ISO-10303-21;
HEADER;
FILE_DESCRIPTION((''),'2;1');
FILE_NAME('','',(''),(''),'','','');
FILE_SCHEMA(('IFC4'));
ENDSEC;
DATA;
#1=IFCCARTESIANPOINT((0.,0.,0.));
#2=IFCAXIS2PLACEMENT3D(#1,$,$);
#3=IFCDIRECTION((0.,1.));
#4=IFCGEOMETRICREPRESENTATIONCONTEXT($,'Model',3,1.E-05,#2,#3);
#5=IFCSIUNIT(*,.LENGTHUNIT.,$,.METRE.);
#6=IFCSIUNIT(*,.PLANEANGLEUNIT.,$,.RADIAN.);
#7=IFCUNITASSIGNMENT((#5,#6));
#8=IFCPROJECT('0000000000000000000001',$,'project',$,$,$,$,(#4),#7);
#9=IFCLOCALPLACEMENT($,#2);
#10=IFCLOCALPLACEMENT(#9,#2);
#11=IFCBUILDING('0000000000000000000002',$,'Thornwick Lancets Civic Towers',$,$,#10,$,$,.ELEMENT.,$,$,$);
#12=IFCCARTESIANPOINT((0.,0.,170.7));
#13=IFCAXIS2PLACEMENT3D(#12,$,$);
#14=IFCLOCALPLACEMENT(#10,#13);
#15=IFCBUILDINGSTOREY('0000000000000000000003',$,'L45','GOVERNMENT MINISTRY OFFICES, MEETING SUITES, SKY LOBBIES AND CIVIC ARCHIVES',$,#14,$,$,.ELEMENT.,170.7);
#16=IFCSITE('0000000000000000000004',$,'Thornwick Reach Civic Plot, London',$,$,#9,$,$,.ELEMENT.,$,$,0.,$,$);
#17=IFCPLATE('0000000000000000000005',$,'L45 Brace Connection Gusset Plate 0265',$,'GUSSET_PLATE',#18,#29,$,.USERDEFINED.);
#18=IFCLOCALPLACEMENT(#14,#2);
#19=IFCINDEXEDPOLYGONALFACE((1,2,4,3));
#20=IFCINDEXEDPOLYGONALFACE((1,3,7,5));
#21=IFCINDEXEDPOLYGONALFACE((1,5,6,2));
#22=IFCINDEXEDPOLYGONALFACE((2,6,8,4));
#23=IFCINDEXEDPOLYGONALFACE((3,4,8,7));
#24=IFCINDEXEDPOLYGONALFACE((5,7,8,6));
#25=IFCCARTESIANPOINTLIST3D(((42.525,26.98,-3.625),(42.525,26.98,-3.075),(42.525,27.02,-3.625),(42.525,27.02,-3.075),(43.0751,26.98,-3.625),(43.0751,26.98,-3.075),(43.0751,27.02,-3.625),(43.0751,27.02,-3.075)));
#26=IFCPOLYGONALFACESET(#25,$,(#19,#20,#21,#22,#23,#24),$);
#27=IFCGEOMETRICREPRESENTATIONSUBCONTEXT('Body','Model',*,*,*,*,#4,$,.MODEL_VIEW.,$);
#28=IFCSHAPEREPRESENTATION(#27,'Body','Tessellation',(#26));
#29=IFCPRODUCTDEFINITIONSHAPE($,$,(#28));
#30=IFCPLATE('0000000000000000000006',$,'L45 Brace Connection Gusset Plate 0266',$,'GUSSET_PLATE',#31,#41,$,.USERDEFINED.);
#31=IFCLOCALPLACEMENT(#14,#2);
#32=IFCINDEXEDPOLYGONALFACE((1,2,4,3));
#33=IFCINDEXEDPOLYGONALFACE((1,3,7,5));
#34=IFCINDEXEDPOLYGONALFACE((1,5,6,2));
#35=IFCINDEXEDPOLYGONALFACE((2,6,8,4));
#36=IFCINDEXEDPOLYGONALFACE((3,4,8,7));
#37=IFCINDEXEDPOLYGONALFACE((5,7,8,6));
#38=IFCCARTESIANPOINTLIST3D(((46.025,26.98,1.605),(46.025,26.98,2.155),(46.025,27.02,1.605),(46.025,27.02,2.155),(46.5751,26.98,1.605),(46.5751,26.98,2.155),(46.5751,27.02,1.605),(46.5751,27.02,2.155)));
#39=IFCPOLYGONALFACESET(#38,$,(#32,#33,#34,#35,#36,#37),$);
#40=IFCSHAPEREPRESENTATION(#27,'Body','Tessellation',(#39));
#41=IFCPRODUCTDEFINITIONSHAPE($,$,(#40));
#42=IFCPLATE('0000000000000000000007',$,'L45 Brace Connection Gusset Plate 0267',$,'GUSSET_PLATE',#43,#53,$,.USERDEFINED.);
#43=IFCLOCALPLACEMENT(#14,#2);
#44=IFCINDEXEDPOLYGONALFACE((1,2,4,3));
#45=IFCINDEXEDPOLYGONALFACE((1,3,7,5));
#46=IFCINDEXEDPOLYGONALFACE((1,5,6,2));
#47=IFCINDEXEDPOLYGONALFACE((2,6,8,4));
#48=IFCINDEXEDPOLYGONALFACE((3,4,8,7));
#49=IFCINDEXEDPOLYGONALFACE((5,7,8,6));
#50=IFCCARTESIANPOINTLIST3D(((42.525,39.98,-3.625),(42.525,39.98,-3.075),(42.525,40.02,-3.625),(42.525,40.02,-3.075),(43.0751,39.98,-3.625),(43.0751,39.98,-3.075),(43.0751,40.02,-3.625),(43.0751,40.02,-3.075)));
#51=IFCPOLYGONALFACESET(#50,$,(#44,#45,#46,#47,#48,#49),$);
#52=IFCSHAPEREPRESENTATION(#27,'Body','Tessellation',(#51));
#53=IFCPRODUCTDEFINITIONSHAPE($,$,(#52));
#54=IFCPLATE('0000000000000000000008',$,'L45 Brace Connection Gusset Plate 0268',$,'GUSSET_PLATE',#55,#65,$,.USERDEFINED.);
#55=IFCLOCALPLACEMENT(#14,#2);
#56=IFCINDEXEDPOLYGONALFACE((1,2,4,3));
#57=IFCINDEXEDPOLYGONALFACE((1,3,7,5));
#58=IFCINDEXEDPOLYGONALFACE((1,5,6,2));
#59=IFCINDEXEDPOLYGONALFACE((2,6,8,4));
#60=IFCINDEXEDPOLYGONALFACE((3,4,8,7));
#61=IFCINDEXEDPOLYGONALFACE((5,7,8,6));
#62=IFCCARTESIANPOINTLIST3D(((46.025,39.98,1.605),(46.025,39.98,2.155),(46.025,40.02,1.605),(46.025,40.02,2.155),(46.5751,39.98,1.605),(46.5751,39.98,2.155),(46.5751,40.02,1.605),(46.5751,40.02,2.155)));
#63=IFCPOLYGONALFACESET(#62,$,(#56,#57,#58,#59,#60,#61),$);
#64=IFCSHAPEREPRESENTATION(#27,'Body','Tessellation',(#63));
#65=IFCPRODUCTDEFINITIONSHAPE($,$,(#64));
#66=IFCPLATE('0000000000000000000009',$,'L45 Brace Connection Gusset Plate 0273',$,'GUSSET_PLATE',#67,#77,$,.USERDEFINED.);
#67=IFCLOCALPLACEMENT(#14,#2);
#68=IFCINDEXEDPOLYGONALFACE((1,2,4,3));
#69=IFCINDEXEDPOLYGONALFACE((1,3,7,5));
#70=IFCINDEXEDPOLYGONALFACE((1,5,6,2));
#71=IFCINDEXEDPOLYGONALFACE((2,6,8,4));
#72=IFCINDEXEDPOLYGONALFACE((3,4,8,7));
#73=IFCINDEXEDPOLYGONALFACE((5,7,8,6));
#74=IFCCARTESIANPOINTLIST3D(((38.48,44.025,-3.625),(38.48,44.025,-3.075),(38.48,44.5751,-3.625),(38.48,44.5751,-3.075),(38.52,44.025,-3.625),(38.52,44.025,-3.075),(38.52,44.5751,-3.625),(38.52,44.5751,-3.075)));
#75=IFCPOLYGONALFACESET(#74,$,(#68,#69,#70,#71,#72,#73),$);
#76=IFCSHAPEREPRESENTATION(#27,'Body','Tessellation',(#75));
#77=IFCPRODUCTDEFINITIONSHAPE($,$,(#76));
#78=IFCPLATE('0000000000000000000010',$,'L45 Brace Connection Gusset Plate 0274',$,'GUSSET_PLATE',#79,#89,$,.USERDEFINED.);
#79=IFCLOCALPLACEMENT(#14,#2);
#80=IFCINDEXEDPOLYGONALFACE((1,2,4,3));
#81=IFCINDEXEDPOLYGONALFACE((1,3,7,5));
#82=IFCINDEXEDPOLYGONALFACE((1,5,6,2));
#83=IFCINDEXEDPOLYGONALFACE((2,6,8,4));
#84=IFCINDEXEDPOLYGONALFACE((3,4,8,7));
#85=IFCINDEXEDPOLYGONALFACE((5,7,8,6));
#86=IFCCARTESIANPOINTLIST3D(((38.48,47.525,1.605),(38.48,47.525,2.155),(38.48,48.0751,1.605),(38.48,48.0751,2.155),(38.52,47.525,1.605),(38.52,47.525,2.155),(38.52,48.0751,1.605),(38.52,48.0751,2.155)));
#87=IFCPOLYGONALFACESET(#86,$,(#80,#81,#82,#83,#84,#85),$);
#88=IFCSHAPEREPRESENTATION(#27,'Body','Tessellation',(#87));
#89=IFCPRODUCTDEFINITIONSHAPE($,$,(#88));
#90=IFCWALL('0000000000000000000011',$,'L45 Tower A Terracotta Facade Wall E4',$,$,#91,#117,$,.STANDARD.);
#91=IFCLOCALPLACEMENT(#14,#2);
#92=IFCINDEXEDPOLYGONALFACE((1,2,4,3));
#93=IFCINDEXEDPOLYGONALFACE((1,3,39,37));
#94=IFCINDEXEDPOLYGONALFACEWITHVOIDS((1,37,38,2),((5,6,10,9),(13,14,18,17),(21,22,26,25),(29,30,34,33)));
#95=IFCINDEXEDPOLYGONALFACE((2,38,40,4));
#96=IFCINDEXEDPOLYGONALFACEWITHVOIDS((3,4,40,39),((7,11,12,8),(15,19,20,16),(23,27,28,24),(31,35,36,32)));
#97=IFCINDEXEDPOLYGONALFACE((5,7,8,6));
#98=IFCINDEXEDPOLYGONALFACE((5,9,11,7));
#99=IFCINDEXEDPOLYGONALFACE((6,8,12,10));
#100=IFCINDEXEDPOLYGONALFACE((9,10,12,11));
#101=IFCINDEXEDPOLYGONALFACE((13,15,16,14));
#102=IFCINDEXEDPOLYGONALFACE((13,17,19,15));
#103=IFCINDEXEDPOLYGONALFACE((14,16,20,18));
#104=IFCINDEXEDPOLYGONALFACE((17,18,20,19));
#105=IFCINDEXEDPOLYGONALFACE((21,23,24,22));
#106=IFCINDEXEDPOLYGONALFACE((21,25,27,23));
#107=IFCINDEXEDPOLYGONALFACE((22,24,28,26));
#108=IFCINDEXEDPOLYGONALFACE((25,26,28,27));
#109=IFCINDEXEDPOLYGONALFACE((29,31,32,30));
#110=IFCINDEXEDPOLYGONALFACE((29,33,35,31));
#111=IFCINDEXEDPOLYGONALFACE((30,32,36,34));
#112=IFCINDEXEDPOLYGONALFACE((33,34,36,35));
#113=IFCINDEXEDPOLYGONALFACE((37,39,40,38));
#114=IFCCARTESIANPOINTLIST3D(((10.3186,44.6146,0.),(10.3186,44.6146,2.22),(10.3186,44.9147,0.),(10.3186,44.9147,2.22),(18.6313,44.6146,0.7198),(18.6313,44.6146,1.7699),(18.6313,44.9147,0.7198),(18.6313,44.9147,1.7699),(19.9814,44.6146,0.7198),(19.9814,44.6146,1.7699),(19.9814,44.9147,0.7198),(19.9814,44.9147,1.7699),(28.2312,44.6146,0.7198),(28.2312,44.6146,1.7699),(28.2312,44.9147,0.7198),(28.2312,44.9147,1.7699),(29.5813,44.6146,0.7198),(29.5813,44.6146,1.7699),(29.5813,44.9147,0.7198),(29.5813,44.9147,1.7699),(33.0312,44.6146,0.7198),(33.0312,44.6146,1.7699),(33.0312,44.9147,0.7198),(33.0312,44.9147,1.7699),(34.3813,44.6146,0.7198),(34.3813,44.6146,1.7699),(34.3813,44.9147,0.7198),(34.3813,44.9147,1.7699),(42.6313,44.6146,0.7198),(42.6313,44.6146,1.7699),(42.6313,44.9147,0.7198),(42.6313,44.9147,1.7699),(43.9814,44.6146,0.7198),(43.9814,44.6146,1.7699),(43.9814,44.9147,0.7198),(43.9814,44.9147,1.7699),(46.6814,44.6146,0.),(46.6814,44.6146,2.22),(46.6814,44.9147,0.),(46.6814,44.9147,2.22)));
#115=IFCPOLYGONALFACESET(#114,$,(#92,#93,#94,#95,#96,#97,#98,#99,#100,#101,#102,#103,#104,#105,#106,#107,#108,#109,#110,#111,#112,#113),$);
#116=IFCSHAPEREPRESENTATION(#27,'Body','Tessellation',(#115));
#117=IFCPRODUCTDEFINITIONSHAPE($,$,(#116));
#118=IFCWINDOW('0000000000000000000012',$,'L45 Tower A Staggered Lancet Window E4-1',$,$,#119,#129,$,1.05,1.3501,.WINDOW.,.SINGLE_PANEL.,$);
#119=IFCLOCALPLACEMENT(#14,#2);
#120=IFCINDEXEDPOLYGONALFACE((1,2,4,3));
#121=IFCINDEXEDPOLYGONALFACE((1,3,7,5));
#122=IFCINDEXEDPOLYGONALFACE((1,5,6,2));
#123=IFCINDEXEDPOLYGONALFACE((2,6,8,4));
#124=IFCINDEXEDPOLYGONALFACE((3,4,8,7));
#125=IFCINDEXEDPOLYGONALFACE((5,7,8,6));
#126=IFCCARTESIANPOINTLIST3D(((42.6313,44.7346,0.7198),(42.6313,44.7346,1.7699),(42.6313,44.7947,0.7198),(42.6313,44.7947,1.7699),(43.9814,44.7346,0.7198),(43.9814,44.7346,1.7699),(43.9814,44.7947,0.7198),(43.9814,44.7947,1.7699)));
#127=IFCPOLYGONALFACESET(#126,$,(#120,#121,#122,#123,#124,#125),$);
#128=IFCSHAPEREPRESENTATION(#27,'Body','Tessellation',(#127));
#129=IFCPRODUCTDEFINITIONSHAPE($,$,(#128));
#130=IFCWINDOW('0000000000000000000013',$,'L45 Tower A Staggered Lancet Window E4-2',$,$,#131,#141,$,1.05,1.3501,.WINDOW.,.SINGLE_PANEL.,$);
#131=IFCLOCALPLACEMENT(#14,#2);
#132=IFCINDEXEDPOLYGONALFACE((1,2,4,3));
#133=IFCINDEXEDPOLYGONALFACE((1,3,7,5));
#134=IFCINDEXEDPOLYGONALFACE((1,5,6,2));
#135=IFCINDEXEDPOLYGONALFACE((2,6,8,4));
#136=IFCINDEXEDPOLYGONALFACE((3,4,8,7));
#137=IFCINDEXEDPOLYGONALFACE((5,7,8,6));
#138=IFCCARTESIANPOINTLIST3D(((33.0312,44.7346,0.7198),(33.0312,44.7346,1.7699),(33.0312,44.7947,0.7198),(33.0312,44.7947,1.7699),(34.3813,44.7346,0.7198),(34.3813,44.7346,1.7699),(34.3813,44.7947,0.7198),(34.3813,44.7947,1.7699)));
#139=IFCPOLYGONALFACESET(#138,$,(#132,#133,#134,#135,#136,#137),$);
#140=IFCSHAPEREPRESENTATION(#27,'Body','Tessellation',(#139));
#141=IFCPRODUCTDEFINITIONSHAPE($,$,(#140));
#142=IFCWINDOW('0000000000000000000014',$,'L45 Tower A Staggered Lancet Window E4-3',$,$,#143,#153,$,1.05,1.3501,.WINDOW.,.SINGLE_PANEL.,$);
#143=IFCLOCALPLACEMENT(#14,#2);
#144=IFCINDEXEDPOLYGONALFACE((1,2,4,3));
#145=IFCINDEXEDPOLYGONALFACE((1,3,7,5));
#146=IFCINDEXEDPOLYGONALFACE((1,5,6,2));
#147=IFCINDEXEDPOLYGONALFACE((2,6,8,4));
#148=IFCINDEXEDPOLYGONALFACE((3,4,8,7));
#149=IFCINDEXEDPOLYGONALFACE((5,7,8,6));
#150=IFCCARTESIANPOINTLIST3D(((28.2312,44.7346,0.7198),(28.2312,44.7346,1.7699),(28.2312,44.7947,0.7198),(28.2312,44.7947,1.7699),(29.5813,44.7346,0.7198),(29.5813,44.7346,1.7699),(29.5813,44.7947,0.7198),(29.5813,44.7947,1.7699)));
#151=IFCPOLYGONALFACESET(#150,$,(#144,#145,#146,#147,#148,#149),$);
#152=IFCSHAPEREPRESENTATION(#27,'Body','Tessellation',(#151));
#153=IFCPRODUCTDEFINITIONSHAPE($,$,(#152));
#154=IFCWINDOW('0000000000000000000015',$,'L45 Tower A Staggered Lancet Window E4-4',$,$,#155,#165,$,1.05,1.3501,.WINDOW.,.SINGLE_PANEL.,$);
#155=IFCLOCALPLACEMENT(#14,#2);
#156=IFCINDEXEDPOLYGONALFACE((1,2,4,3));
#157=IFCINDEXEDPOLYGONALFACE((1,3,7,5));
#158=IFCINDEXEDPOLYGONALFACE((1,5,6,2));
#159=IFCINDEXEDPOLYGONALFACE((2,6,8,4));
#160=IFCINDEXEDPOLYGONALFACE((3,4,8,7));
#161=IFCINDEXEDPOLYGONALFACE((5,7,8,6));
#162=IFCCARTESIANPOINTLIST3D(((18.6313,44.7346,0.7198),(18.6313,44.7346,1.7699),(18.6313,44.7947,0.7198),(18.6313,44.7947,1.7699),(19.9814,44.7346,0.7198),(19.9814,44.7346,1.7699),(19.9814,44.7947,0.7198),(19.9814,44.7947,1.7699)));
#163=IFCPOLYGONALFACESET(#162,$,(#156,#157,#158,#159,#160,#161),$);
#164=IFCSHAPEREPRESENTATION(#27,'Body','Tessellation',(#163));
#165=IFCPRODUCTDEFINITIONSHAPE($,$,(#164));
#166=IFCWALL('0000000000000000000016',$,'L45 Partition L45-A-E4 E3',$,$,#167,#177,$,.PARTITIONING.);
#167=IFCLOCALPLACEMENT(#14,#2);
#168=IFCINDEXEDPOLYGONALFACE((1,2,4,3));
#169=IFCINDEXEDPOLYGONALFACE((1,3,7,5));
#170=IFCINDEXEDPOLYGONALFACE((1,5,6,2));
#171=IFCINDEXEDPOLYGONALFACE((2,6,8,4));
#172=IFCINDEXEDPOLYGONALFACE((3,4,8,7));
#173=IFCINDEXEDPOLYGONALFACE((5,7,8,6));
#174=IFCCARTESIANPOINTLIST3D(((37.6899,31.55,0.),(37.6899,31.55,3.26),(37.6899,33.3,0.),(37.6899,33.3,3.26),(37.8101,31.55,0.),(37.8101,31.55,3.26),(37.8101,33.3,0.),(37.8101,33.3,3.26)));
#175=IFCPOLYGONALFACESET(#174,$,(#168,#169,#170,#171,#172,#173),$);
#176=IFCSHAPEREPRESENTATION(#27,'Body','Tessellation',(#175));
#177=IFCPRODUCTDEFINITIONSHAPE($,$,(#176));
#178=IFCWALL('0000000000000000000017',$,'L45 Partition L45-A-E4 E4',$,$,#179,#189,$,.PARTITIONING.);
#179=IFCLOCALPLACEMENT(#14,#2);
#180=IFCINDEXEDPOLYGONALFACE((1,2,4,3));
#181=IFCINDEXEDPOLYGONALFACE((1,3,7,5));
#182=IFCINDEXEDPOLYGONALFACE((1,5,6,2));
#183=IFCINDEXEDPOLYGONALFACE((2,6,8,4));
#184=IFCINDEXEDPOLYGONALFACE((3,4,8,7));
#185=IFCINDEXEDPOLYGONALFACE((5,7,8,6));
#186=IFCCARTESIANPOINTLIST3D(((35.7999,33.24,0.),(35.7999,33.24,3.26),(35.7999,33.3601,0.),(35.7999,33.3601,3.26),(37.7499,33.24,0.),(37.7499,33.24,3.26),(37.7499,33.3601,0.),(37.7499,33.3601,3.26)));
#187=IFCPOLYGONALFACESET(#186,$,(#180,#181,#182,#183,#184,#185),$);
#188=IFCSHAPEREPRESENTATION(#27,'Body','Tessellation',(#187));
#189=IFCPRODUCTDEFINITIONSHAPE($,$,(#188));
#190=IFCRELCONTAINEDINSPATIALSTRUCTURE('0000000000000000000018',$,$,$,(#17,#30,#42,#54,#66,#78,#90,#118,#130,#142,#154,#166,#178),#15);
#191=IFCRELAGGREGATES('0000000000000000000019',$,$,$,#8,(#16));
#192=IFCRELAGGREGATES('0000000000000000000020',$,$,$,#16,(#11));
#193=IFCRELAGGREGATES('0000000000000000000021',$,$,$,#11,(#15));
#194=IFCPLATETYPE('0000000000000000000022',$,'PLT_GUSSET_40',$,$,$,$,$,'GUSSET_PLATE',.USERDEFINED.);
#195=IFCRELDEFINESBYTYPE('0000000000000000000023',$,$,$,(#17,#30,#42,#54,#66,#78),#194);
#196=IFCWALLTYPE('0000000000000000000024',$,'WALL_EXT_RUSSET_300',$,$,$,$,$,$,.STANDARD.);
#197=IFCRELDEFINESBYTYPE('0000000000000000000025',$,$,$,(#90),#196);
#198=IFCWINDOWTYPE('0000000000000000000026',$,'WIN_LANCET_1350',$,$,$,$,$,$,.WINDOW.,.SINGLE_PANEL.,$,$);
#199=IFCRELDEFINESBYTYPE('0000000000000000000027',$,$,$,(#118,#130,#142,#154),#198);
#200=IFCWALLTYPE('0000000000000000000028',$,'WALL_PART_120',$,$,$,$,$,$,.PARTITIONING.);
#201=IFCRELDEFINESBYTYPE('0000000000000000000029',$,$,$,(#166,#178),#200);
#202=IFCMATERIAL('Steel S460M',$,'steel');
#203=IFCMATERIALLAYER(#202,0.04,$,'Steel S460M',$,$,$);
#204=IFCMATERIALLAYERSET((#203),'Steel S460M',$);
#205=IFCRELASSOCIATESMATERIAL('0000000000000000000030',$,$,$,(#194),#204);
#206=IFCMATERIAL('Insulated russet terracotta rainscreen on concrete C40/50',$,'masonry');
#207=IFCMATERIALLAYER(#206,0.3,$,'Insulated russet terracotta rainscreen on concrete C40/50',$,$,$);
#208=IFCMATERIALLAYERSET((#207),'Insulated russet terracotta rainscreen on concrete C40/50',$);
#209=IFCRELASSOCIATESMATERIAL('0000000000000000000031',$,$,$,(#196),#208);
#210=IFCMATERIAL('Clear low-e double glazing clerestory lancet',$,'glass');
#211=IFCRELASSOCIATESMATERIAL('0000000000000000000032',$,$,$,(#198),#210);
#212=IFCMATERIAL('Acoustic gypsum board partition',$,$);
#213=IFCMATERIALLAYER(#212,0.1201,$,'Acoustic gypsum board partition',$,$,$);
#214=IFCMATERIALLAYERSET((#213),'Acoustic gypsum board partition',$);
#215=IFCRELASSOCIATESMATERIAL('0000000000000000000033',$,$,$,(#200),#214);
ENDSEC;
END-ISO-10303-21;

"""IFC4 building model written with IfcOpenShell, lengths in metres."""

from ifc_helpers import new_model, si_unit, direction, frame, frame_2d, origin, origin_2d, place, context, subcontext, project, spatial, rectangle, extrude, material, layer, layer_set, type_object, element, fill, save


model = new_model("IFC4")

# Units and contexts
model_context = context("Model", 3, precision=1e-05, world=origin(), true_north=direction((0.0, 1.0)))
body_context = subcontext(model_context, "Body", "Model", "MODEL_VIEW")
ifc_project = project(units=[si_unit("LENGTHUNIT", "METRE"), si_unit("PLANEANGLEUNIT", "RADIAN")], contexts=[model_context])

# Site, building, storey
site_placement = place(None, origin())
site = spatial("IfcSite", under=ifc_project, at=site_placement, Name="Thornwick Reach Civic Plot, London", CompositionType="ELEMENT", RefElevation=0.0)
building_placement = place(site_placement, origin())
building = spatial("IfcBuilding", under=site, at=building_placement, Name="Thornwick Lancets Civic Towers", CompositionType="ELEMENT")
storey_placement = place(building_placement, frame((0.0, 0.0, 170.7)))
storey = spatial("IfcBuildingStorey", under=building, at=storey_placement, Name="L45", Description="GOVERNMENT MINISTRY OFFICES, MEETING SUITES, SKY LOBBIES AND CIVIC ARCHIVES", CompositionType="ELEMENT", Elevation=170.7)

# Shared definitions
ifc_material_1 = material(Name="Steel S460M", Category="steel")

# Plates
ifc_layer_1 = layer(ifc_material_1, 0.04, Name="Steel S460M")
ifc_layer_set_1 = layer_set([ifc_layer_1], Name="Steel S460M")
plate_type_1 = type_object("IfcPlateType", Name="PLT_GUSSET_40", ElementType="GUSSET_PLATE", PredefinedType="USERDEFINED", material=ifc_layer_set_1)
for number, where, z_axis, x_axis, name in (
    (1, (42.8, 27.0, -3.625), (0.0, 0.0, 1.0), (1.0, 0.0, 0.0), "L45 Brace Connection Gusset Plate 0265"),
    (2, (46.3, 27.0, 1.605), (0.0, 0.0, 1.0), (1.0, 0.0, 0.0), "L45 Brace Connection Gusset Plate 0266"),
    (3, (42.8, 40.0, -3.625), (0.0, 0.0, 1.0), (1.0, 0.0, 0.0), "L45 Brace Connection Gusset Plate 0267"),
    (4, (46.3, 40.0, 1.605), (0.0, 0.0, 1.0), (1.0, 0.0, 0.0), "L45 Brace Connection Gusset Plate 0268"),
    (5, (38.5, 44.3, -3.625), (0.0, 0.0, 1.0), (0.0, 1.0, 0.0), "L45 Brace Connection Gusset Plate 0273"),
    (6, (38.5, 47.8, 1.605), (0.0, 0.0, 1.0), (0.0, 1.0, 0.0), "L45 Brace Connection Gusset Plate 0274"),
):
    element("IfcPlate", number, at=place(storey_placement, frame(where, z_axis=z_axis, x_axis=x_axis)), inside=storey, type_object=plate_type_1, Name=name, ObjectType="GUSSET_PLATE", PredefinedType="USERDEFINED", context=body_context, shape_type="SweptSolid", body=[
        extrude(rectangle(XDim=0.55, YDim=0.04, at=origin_2d()), origin(), (0.0, 0.0, 1.0), 0.55),
    ])

# Wall, openings, windows
ifc_material_2 = material(Name="Insulated russet terracotta rainscreen on concrete C40/50", Category="masonry")
ifc_layer_2 = layer(ifc_material_2, 0.3, Name="Insulated russet terracotta rainscreen on concrete C40/50")
ifc_layer_set_2 = layer_set([ifc_layer_2], Name="Insulated russet terracotta rainscreen on concrete C40/50")
wall_type_1 = type_object("IfcWallType", Name="WALL_EXT_RUSSET_300", PredefinedType="STANDARD", material=ifc_layer_set_2)
wall_1_placement = place(storey_placement, frame((46.6814, 44.7646, 0.0), z_axis=(0.0, 0.0, 1.0), x_axis=(-1.0, 0.0, 0.0)))
wall_1 = element("IfcWall", 7, at=wall_1_placement, inside=storey, type_object=wall_type_1, Name="L45 Tower A Terracotta Facade Wall E4", PredefinedType="STANDARD", context=body_context, shape_type="SweptSolid", body=[
    extrude(rectangle(XDim=36.3628, YDim=0.3, at=frame_2d((18.1814, 0.0))), origin(), (0.0, 0.0, 1.0), 2.22),
])
opening_1_placement = place(wall_1_placement, frame((2.7, 0.0, 0.72)))
opening_1 = element("IfcOpeningElement", 8, at=opening_1_placement, cuts=wall_1, PredefinedType="OPENING", context=body_context, shape_type="SweptSolid", body=[
    extrude(rectangle(XDim=1.3501, YDim=1.05, at=frame_2d((0.675, 0.5249))), frame((0.0, 0.1602, 0.0), z_axis=(0.0, -1.0, 0.0), x_axis=(1.0, 0.0, 0.0)), (0.0, 0.0, 1.0), 0.3201),
])
opening_2_placement = place(wall_1_placement, frame((12.3, 0.0, 0.72)))
opening_2 = element("IfcOpeningElement", 9, at=opening_2_placement, cuts=wall_1, PredefinedType="OPENING", context=body_context, shape_type="SweptSolid", body=[
    extrude(rectangle(XDim=1.3501, YDim=1.05, at=frame_2d((0.675, 0.5249))), frame((0.0, 0.1602, 0.0), z_axis=(0.0, -1.0, 0.0), x_axis=(1.0, 0.0, 0.0)), (0.0, 0.0, 1.0), 0.3201),
])
opening_3_placement = place(wall_1_placement, frame((17.1001, 0.0, 0.72)))
opening_3 = element("IfcOpeningElement", 10, at=opening_3_placement, cuts=wall_1, PredefinedType="OPENING", context=body_context, shape_type="SweptSolid", body=[
    extrude(rectangle(XDim=1.3501, YDim=1.05, at=frame_2d((0.675, 0.5249))), frame((0.0, 0.1602, 0.0), z_axis=(0.0, -1.0, 0.0), x_axis=(1.0, 0.0, 0.0)), (0.0, 0.0, 1.0), 0.3201),
])
opening_4_placement = place(wall_1_placement, frame((26.7, 0.0, 0.72)))
opening_4 = element("IfcOpeningElement", 11, at=opening_4_placement, cuts=wall_1, PredefinedType="OPENING", context=body_context, shape_type="SweptSolid", body=[
    extrude(rectangle(XDim=1.3501, YDim=1.05, at=frame_2d((0.675, 0.5249))), frame((0.0, 0.1602, 0.0), z_axis=(0.0, -1.0, 0.0), x_axis=(1.0, 0.0, 0.0)), (0.0, 0.0, 1.0), 0.3201),
])
ifc_material_3 = material(Name="Clear low-e double glazing clerestory lancet", Category="glass")
window_type = type_object("IfcWindowType", Name="WIN_LANCET_1350", PartitioningType="SINGLE_PANEL", PredefinedType="WINDOW", material=ifc_material_3)
window_1_placement = place(opening_1_placement, origin())
window_1 = element("IfcWindow", 12, at=window_1_placement, inside=storey, type_object=window_type, Name="L45 Tower A Staggered Lancet Window E4-1", OverallHeight=1.05, OverallWidth=1.3501, PartitioningType="SINGLE_PANEL", PredefinedType="WINDOW", context=body_context, shape_type="SweptSolid", body=[
    extrude(rectangle(XDim=1.3501, YDim=1.05, at=frame_2d((0.675, 0.5249))), frame((0.0, 0.03, 0.0), z_axis=(0.0, -1.0, 0.0), x_axis=(1.0, 0.0, 0.0)), (0.0, 0.0, 1.0), 0.0601),
])
fill(opening_1, window_1)
window_2_placement = place(opening_2_placement, origin())
window_2 = element("IfcWindow", 13, at=window_2_placement, inside=storey, type_object=window_type, Name="L45 Tower A Staggered Lancet Window E4-2", OverallHeight=1.05, OverallWidth=1.3501, PartitioningType="SINGLE_PANEL", PredefinedType="WINDOW", context=body_context, shape_type="SweptSolid", body=[
    extrude(rectangle(XDim=1.3501, YDim=1.05, at=frame_2d((0.675, 0.5249))), frame((0.0, 0.03, 0.0), z_axis=(0.0, -1.0, 0.0), x_axis=(1.0, 0.0, 0.0)), (0.0, 0.0, 1.0), 0.0601),
])
fill(opening_2, window_2)
window_3_placement = place(opening_3_placement, origin())
window_3 = element("IfcWindow", 14, at=window_3_placement, inside=storey, type_object=window_type, Name="L45 Tower A Staggered Lancet Window E4-3", OverallHeight=1.05, OverallWidth=1.3501, PartitioningType="SINGLE_PANEL", PredefinedType="WINDOW", context=body_context, shape_type="SweptSolid", body=[
    extrude(rectangle(XDim=1.3501, YDim=1.05, at=frame_2d((0.675, 0.5249))), frame((0.0, 0.03, 0.0), z_axis=(0.0, -1.0, 0.0), x_axis=(1.0, 0.0, 0.0)), (0.0, 0.0, 1.0), 0.0601),
])
fill(opening_3, window_3)
window_4_placement = place(opening_4_placement, origin())
window_4 = element("IfcWindow", 15, at=window_4_placement, inside=storey, type_object=window_type, Name="L45 Tower A Staggered Lancet Window E4-4", OverallHeight=1.05, OverallWidth=1.3501, PartitioningType="SINGLE_PANEL", PredefinedType="WINDOW", context=body_context, shape_type="SweptSolid", body=[
    extrude(rectangle(XDim=1.3501, YDim=1.05, at=frame_2d((0.675, 0.5249))), frame((0.0, 0.03, 0.0), z_axis=(0.0, -1.0, 0.0), x_axis=(1.0, 0.0, 0.0)), (0.0, 0.0, 1.0), 0.0601),
])
fill(opening_4, window_4)

# Walls
ifc_material_4 = material(Name="Acoustic gypsum board partition")
ifc_layer_3 = layer(ifc_material_4, 0.1201, Name="Acoustic gypsum board partition")
ifc_layer_set_3 = layer_set([ifc_layer_3], Name="Acoustic gypsum board partition")
wall_type_2 = type_object("IfcWallType", Name="WALL_PART_120", PredefinedType="PARTITIONING", material=ifc_layer_set_3)
wall_2_placement = place(storey_placement, frame((37.75, 31.55, 0.0), z_axis=(0.0, 0.0, 1.0), x_axis=(0.0, 1.0, 0.0)))
element("IfcWall", 16, at=wall_2_placement, inside=storey, type_object=wall_type_2, Name="L45 Partition L45-A-E4 E3", PredefinedType="PARTITIONING", context=body_context, shape_type="SweptSolid", body=[
    extrude(rectangle(XDim=1.75, YDim=0.1201, at=frame_2d((0.875, 0.0))), origin(), (0.0, 0.0, 1.0), 3.26),
])
wall_3_placement = place(storey_placement, frame((37.75, 33.3, 0.0), z_axis=(0.0, 0.0, 1.0), x_axis=(-1.0, 0.0, 0.0)))
element("IfcWall", 17, at=wall_3_placement, inside=storey, type_object=wall_type_2, Name="L45 Partition L45-A-E4 E4", PredefinedType="PARTITIONING", context=body_context, shape_type="SweptSolid", body=[
    extrude(rectangle(XDim=1.95, YDim=0.1201, at=frame_2d((0.9751, 0.0))), origin(), (0.0, 0.0, 1.0), 3.26),
])

save(model, "model.ifc")
